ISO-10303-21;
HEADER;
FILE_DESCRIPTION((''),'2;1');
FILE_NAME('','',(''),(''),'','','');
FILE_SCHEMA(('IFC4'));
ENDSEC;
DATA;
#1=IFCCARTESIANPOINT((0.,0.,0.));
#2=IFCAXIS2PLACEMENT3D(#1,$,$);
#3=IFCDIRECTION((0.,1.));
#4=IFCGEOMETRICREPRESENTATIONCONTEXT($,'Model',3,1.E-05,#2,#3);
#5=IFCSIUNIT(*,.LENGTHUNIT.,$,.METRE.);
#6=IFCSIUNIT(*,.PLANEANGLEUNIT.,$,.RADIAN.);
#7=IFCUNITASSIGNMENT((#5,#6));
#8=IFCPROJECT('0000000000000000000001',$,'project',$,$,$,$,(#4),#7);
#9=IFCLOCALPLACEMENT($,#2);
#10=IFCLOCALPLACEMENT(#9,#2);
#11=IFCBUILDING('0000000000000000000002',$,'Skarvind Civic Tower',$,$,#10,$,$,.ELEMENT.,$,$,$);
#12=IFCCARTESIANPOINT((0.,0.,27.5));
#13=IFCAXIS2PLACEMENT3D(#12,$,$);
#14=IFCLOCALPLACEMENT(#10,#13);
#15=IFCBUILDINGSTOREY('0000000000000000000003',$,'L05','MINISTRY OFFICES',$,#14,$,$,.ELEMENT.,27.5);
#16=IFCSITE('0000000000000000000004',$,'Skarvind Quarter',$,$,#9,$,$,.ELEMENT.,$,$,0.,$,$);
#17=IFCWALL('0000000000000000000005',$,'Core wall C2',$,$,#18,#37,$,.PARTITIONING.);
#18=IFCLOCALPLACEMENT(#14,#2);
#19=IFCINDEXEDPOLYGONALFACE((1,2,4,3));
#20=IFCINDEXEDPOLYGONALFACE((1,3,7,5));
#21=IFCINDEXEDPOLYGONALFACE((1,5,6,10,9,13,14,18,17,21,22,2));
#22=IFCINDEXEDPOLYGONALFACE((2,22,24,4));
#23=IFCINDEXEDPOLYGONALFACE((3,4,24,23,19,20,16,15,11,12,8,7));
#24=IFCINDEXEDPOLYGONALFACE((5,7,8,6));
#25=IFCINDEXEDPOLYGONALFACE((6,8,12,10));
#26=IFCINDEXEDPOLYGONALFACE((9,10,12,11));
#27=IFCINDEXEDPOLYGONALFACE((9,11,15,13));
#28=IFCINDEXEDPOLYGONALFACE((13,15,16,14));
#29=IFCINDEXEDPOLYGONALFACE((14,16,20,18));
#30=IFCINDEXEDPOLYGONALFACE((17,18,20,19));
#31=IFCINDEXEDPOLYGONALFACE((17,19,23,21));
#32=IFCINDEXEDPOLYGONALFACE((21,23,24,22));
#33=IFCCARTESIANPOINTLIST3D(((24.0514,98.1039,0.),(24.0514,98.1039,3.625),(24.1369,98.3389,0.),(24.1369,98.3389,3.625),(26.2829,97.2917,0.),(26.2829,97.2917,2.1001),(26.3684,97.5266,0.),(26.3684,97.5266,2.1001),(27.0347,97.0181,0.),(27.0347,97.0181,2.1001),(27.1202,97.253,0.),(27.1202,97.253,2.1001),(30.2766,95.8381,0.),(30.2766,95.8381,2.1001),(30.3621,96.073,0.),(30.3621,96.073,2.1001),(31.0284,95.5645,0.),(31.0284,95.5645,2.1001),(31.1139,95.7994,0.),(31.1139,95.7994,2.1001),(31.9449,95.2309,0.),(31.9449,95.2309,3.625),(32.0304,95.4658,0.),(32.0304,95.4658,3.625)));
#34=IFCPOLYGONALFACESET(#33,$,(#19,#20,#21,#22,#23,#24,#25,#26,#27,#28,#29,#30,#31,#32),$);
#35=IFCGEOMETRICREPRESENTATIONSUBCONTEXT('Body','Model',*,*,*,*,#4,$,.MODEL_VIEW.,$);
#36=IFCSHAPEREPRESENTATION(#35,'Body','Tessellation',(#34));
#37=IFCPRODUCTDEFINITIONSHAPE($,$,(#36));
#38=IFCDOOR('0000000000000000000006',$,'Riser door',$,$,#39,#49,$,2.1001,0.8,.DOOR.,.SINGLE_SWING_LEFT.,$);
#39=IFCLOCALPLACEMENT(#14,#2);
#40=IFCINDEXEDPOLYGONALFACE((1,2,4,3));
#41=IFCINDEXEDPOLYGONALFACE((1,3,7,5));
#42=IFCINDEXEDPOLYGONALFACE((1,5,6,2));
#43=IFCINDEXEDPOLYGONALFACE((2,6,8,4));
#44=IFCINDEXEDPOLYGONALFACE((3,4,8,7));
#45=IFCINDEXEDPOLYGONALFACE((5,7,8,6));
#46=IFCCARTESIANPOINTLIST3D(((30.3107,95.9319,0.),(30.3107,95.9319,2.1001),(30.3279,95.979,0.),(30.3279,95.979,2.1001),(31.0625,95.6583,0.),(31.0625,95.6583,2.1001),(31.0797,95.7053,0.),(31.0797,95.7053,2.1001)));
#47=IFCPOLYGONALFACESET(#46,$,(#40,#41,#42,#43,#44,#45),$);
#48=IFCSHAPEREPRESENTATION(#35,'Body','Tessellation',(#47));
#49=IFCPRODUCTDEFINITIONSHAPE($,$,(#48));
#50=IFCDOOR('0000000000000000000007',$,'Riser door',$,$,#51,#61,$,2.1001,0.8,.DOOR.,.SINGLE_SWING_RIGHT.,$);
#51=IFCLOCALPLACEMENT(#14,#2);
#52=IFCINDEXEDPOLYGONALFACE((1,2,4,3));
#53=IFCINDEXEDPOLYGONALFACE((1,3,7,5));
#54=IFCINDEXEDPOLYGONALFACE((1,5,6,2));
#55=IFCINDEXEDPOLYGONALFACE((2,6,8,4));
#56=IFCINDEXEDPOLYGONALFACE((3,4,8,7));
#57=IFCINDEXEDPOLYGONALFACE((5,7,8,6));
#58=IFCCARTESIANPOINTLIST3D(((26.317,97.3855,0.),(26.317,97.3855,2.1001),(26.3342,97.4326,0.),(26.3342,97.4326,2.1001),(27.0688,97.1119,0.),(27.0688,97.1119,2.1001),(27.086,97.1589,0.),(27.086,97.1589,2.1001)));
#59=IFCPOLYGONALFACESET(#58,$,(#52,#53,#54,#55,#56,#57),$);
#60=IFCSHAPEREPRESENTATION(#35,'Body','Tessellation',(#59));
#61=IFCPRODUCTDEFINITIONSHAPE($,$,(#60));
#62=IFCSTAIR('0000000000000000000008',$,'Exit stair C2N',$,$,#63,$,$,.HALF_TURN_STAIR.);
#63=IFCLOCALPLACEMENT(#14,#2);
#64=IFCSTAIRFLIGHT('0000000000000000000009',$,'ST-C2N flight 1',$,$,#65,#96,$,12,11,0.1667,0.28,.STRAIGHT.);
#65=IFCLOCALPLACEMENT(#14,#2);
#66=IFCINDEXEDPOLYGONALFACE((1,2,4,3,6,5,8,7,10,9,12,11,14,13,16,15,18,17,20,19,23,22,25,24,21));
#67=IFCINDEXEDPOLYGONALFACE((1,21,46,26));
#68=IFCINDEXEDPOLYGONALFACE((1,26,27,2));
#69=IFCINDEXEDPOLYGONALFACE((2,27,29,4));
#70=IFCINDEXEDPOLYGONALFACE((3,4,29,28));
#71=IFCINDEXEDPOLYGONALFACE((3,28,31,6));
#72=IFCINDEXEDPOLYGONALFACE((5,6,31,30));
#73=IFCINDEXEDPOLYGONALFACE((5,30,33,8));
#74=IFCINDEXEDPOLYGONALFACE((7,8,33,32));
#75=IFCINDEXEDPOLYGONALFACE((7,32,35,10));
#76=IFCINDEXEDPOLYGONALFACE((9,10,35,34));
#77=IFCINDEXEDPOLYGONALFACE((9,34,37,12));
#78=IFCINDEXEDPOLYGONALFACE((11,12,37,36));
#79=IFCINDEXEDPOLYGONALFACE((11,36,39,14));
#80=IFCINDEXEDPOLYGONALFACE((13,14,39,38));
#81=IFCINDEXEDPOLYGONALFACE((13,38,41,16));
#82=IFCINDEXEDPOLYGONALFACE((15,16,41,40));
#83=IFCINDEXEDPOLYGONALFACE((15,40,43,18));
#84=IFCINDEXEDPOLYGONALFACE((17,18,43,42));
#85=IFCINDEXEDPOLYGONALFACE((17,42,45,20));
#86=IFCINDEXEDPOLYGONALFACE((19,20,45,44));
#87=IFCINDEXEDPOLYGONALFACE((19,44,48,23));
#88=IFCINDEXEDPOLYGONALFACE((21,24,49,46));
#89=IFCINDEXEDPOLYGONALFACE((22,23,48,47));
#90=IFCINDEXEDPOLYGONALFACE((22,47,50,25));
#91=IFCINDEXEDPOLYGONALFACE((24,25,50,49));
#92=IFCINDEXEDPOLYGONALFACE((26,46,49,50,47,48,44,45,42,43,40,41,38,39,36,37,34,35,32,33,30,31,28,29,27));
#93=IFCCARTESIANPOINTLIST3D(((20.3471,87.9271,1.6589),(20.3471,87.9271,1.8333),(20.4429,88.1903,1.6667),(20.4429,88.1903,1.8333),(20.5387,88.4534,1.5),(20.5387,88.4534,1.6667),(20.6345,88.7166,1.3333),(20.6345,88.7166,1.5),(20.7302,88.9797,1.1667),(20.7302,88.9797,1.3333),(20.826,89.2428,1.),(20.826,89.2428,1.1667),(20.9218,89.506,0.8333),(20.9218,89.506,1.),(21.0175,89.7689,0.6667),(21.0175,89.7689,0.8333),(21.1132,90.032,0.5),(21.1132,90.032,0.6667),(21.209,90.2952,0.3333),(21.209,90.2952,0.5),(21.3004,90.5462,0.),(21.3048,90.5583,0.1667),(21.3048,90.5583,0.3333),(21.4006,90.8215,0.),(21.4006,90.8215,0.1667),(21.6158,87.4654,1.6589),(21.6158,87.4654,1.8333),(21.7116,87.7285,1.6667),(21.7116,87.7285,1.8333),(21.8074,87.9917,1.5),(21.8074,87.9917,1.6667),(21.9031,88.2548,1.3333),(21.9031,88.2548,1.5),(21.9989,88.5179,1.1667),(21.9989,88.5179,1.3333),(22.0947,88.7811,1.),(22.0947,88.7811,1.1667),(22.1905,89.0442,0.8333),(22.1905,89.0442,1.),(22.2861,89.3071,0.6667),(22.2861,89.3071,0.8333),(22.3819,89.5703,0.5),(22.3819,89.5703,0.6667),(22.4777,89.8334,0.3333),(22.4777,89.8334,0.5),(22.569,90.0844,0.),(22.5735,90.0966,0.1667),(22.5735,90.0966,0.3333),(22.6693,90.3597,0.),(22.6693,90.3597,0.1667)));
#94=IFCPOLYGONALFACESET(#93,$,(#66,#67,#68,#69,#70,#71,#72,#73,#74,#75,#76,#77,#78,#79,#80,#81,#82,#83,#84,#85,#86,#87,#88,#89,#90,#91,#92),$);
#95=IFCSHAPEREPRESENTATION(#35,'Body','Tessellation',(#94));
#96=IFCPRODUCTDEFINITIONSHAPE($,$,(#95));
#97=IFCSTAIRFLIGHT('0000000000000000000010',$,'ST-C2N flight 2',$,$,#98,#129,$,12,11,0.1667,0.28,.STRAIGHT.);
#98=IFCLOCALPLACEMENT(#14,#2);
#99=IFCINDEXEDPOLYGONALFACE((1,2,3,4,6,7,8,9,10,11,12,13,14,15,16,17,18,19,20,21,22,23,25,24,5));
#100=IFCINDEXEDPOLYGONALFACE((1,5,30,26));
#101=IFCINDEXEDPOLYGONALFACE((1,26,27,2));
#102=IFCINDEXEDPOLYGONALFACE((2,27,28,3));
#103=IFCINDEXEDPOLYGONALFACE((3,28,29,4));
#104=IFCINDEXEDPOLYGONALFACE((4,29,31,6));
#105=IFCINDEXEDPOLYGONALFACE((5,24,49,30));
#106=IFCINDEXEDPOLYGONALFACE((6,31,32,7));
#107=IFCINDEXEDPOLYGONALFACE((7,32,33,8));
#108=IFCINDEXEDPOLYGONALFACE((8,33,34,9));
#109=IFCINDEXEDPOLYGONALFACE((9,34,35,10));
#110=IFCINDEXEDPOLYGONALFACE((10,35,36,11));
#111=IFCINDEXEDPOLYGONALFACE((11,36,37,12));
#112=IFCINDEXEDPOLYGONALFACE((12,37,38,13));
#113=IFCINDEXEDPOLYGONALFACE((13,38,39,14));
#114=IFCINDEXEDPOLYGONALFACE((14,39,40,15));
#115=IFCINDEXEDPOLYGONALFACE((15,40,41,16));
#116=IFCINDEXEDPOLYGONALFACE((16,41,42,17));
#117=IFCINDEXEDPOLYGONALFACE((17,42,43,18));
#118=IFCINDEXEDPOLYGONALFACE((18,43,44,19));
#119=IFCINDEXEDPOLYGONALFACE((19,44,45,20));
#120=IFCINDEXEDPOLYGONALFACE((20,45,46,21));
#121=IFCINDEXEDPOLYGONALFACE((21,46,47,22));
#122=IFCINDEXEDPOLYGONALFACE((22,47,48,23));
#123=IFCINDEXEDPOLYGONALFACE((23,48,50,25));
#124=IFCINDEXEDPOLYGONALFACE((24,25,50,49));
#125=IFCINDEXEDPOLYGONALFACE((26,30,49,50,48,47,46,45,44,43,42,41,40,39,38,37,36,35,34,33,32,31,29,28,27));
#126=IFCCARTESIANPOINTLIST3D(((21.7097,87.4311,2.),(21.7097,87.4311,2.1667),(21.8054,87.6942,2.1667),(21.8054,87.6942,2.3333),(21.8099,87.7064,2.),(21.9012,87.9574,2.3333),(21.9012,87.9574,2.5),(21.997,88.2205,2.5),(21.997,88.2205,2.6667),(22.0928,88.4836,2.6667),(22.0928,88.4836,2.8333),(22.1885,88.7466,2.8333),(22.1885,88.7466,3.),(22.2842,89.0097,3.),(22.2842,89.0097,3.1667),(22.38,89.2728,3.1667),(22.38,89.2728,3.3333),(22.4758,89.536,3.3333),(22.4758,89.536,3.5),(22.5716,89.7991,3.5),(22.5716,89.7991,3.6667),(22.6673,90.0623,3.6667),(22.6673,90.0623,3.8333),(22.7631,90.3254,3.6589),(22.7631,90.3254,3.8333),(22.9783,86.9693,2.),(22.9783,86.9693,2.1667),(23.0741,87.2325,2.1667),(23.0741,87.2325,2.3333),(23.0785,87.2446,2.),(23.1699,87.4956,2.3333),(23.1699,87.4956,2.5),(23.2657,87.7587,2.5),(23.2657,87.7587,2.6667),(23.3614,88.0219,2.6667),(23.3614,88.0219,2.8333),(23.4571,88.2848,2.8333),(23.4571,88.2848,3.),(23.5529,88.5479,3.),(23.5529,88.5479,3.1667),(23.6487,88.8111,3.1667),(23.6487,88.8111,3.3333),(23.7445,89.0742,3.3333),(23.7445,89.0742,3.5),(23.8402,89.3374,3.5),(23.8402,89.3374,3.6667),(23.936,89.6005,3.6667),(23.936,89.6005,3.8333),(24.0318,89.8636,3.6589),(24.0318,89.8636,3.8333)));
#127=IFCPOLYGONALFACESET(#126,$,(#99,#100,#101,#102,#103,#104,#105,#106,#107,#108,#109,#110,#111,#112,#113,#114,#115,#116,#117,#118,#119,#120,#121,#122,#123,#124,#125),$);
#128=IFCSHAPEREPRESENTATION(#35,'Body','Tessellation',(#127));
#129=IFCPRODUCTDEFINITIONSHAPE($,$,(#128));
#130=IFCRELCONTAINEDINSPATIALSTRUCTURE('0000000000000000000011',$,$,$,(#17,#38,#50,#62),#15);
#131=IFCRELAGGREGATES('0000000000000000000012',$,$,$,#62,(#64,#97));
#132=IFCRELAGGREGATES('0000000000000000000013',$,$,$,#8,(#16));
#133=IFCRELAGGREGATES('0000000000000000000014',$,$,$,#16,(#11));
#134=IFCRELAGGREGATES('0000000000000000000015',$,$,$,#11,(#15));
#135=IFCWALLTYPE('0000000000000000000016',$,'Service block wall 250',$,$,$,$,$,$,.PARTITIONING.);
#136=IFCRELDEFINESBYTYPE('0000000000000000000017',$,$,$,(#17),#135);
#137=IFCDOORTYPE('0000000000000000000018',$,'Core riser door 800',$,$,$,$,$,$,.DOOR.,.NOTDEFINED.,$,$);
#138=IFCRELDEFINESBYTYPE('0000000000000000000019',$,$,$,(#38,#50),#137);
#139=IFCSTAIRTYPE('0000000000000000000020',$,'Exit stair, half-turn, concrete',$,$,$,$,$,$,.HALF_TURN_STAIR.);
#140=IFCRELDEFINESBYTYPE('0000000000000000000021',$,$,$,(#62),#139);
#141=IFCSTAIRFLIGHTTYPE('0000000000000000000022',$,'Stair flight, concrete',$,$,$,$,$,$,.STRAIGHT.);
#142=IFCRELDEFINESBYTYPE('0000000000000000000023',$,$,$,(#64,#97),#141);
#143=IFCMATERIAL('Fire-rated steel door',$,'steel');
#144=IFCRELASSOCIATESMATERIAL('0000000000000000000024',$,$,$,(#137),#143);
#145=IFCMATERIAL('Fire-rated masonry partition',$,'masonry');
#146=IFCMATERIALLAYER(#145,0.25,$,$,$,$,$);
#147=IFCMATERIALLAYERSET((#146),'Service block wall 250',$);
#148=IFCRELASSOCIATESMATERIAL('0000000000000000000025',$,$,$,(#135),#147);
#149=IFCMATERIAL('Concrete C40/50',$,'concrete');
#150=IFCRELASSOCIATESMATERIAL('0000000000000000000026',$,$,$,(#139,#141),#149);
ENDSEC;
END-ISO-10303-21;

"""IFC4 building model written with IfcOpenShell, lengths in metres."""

from ifc_helpers import new_model, si_unit, direction, frame, frame_2d, origin, place, context, subcontext, project, spatial, polyline, rectangle, outline, extrude, material, layer, layer_set, type_object, element, fill, aggregate, save


model = new_model("IFC4")

# Units and contexts
model_context = context("Model", 3, precision=1e-05, world=origin(), true_north=direction((0.0, 1.0)))
body_context = subcontext(model_context, "Body", "Model", "MODEL_VIEW")
ifc_project = project(units=[si_unit("LENGTHUNIT", "METRE"), si_unit("PLANEANGLEUNIT", "RADIAN")], contexts=[model_context])

# Site, building, storey
site_placement = place(None, origin())
site = spatial("IfcSite", under=ifc_project, at=site_placement, Name="Skarvind Quarter", CompositionType="ELEMENT", RefElevation=0.0)
building_placement = place(site_placement, origin())
building = spatial("IfcBuilding", under=site, at=building_placement, Name="Skarvind Civic Tower", CompositionType="ELEMENT")
storey_placement = place(building_placement, frame((0.0, 0.0, 27.5)))
storey = spatial("IfcBuildingStorey", under=building, at=storey_placement, Name="L05", Description="MINISTRY OFFICES", CompositionType="ELEMENT", Elevation=27.5)

# Shared definitions
ifc_material_1 = material(Name="Fire-rated masonry partition", Category="masonry")
ifc_material_2 = material(Name="Fire-rated steel door", Category="steel")

# Shared definitions
door_type_1 = type_object("IfcDoorType", Name="Core riser door 800", OperationType="NOTDEFINED", PredefinedType="DOOR", material=ifc_material_2)

# Wall, openings, doors
ifc_layer_1 = layer(ifc_material_1, 0.25)
ifc_layer_set_1 = layer_set([ifc_layer_1], Name="Service block wall 250")
wall_type_1 = type_object("IfcWallType", Name="Service block wall 250", PredefinedType="PARTITIONING", material=ifc_layer_set_1)
wall_1_placement = place(storey_placement, frame((24.094, 98.2214, 0.0), z_axis=(0.0, 0.0, 1.0), x_axis=(0.939692, -0.342023, 0.0)))
wall_1 = element("IfcWall", 1, at=wall_1_placement, inside=storey, type_object=wall_type_1, Name="Core wall C2", PredefinedType="PARTITIONING", context=body_context, shape_type="SweptSolid", body=[
    extrude(rectangle(XDim=8.4001, YDim=0.25, at=frame_2d((4.2002, 0.0))), origin(), (0.0, 0.0, 1.0), 3.625),
])
opening_1_placement = place(wall_1_placement, frame((6.625, 0.0, 0.0)))
opening_1 = element("IfcOpeningElement", 2, at=opening_1_placement, cuts=wall_1, PredefinedType="OPENING", context=body_context, shape_type="SweptSolid", body=[
    extrude(rectangle(XDim=0.8, YDim=2.1001, at=frame_2d((0.3999, 1.05))), frame((0.0, 0.135, 0.0), z_axis=(0.0, -1.0, 0.0), x_axis=(1.0, 0.0, 0.0)), (0.0, 0.0, 1.0), 0.27),
])
opening_2_placement = place(wall_1_placement, frame((2.375, 0.0, 0.0)))
opening_2 = element("IfcOpeningElement", 3, at=opening_2_placement, cuts=wall_1, PredefinedType="OPENING", context=body_context, shape_type="SweptSolid", body=[
    extrude(rectangle(XDim=0.8, YDim=2.1001, at=frame_2d((0.3999, 1.05))), frame((0.0, 0.135, 0.0), z_axis=(0.0, -1.0, 0.0), x_axis=(1.0, 0.0, 0.0)), (0.0, 0.0, 1.0), 0.27),
])
door_1_placement = place(opening_1_placement, origin())
door_1 = element("IfcDoor", 4, at=door_1_placement, inside=storey, type_object=door_type_1, Name="Riser door", OperationType="SINGLE_SWING_LEFT", OverallHeight=2.1001, OverallWidth=0.8, PredefinedType="DOOR", context=body_context, shape_type="SweptSolid", body=[
    extrude(rectangle(XDim=0.8, YDim=2.1001, at=frame_2d((0.3999, 1.05))), frame((0.0, 0.0249, 0.0), z_axis=(0.0, -1.0, 0.0), x_axis=(1.0, 0.0, 0.0)), (0.0, 0.0, 1.0), 0.05),
])
fill(opening_1, door_1)
door_2_placement = place(opening_2_placement, origin())
door_2 = element("IfcDoor", 5, at=door_2_placement, inside=storey, type_object=door_type_1, Name="Riser door", OperationType="SINGLE_SWING_RIGHT", OverallHeight=2.1001, OverallWidth=0.8, PredefinedType="DOOR", context=body_context, shape_type="SweptSolid", body=[
    extrude(rectangle(XDim=0.8, YDim=2.1001, at=frame_2d((0.3999, 1.05))), frame((0.0, 0.0249, 0.0), z_axis=(0.0, -1.0, 0.0), x_axis=(1.0, 0.0, 0.0)), (0.0, 0.0, 1.0), 0.05),
])
fill(opening_2, door_2)

# Stair, stair flights
ifc_material_3 = material(Name="Concrete C40/50", Category="concrete")
stair_type = type_object("IfcStairType", Name="Exit stair, half-turn, concrete", PredefinedType="HALF_TURN_STAIR", material=ifc_material_3)
stair_placement = place(storey_placement, origin())
stair = element("IfcStair", 6, at=stair_placement, inside=storey, type_object=stair_type, Name="Exit stair C2N", PredefinedType="HALF_TURN_STAIR")
stair_flight_type = type_object("IfcStairFlightType", Name="Stair flight, concrete", PredefinedType="STRAIGHT", material=ifc_material_3)
stair_flight_1_placement = place(storey_placement, frame((22.0349, 90.5906, 0.0), z_axis=(0.0, 0.0, 1.0), x_axis=(-0.34202, -0.939693, 0.0)))
stair_flight_1 = element("IfcStairFlight", 7, at=stair_flight_1_placement, type_object=stair_flight_type, Name="ST-C2N flight 1", NumberOfRisers=12, NumberOfTreads=11, PredefinedType="STRAIGHT", RiserHeight=0.1667, TreadLength=0.28, context=body_context, shape_type="SweptSolid", body=[
    extrude(outline(polyline([(0.0, 0.0), (0.0, 0.1667), (0.28, 0.1667), (0.28, 0.3333), (0.5601, 0.3333), (0.5601, 0.5), (0.8401, 0.5), (0.8401, 0.6667), (1.1201, 0.6667), (1.1201, 0.8333), (1.3999, 0.8333), (1.3999, 1.0), (1.6799, 1.0), (1.6799, 1.1667), (1.96, 1.1667), (1.96, 1.3333), (2.24, 1.3333), (2.24, 1.5), (2.52, 1.5), (2.52, 1.6667), (2.8, 1.6667), (2.8, 1.8333), (3.0801, 1.8333), (3.0801, 2.0), (3.0801, 1.6589), (0.293, 0.0), (0.0, 0.0)])), frame((0.0, 0.675, 0.0), z_axis=(0.0, -1.0, 0.0), x_axis=(1.0, 0.0, 0.0)), (0.0, 0.0, 1.0), 1.3501),
])
stair_flight_2_placement = place(storey_placement, frame((22.344, 87.2002, 2.0), z_axis=(0.0, 0.0, 1.0), x_axis=(0.34202, 0.939693, 0.0)))
stair_flight_2 = element("IfcStairFlight", 8, at=stair_flight_2_placement, type_object=stair_flight_type, Name="ST-C2N flight 2", NumberOfRisers=12, NumberOfTreads=11, PredefinedType="STRAIGHT", RiserHeight=0.1667, TreadLength=0.28, context=body_context, shape_type="SweptSolid", body=[
    extrude(outline(polyline([(0.0, 0.0), (0.0, 0.1667), (0.28, 0.1667), (0.28, 0.3333), (0.5601, 0.3333), (0.5601, 0.5), (0.8401, 0.5), (0.8401, 0.6667), (1.1201, 0.6667), (1.1201, 0.8333), (1.3999, 0.8333), (1.3999, 1.0), (1.6799, 1.0), (1.6799, 1.1667), (1.96, 1.1667), (1.96, 1.3333), (2.24, 1.3333), (2.24, 1.5), (2.52, 1.5), (2.52, 1.6667), (2.8, 1.6667), (2.8, 1.8333), (3.0801, 1.8333), (3.0801, 2.0), (3.0801, 1.6589), (0.293, 0.0), (0.0, 0.0)])), frame((0.0, 0.675, 0.0), z_axis=(0.0, -1.0, 0.0), x_axis=(1.0, 0.0, 0.0)), (0.0, 0.0, 1.0), 1.3501),
])
aggregate(stair, [stair_flight_1, stair_flight_2])

save(model, "model.ifc")
